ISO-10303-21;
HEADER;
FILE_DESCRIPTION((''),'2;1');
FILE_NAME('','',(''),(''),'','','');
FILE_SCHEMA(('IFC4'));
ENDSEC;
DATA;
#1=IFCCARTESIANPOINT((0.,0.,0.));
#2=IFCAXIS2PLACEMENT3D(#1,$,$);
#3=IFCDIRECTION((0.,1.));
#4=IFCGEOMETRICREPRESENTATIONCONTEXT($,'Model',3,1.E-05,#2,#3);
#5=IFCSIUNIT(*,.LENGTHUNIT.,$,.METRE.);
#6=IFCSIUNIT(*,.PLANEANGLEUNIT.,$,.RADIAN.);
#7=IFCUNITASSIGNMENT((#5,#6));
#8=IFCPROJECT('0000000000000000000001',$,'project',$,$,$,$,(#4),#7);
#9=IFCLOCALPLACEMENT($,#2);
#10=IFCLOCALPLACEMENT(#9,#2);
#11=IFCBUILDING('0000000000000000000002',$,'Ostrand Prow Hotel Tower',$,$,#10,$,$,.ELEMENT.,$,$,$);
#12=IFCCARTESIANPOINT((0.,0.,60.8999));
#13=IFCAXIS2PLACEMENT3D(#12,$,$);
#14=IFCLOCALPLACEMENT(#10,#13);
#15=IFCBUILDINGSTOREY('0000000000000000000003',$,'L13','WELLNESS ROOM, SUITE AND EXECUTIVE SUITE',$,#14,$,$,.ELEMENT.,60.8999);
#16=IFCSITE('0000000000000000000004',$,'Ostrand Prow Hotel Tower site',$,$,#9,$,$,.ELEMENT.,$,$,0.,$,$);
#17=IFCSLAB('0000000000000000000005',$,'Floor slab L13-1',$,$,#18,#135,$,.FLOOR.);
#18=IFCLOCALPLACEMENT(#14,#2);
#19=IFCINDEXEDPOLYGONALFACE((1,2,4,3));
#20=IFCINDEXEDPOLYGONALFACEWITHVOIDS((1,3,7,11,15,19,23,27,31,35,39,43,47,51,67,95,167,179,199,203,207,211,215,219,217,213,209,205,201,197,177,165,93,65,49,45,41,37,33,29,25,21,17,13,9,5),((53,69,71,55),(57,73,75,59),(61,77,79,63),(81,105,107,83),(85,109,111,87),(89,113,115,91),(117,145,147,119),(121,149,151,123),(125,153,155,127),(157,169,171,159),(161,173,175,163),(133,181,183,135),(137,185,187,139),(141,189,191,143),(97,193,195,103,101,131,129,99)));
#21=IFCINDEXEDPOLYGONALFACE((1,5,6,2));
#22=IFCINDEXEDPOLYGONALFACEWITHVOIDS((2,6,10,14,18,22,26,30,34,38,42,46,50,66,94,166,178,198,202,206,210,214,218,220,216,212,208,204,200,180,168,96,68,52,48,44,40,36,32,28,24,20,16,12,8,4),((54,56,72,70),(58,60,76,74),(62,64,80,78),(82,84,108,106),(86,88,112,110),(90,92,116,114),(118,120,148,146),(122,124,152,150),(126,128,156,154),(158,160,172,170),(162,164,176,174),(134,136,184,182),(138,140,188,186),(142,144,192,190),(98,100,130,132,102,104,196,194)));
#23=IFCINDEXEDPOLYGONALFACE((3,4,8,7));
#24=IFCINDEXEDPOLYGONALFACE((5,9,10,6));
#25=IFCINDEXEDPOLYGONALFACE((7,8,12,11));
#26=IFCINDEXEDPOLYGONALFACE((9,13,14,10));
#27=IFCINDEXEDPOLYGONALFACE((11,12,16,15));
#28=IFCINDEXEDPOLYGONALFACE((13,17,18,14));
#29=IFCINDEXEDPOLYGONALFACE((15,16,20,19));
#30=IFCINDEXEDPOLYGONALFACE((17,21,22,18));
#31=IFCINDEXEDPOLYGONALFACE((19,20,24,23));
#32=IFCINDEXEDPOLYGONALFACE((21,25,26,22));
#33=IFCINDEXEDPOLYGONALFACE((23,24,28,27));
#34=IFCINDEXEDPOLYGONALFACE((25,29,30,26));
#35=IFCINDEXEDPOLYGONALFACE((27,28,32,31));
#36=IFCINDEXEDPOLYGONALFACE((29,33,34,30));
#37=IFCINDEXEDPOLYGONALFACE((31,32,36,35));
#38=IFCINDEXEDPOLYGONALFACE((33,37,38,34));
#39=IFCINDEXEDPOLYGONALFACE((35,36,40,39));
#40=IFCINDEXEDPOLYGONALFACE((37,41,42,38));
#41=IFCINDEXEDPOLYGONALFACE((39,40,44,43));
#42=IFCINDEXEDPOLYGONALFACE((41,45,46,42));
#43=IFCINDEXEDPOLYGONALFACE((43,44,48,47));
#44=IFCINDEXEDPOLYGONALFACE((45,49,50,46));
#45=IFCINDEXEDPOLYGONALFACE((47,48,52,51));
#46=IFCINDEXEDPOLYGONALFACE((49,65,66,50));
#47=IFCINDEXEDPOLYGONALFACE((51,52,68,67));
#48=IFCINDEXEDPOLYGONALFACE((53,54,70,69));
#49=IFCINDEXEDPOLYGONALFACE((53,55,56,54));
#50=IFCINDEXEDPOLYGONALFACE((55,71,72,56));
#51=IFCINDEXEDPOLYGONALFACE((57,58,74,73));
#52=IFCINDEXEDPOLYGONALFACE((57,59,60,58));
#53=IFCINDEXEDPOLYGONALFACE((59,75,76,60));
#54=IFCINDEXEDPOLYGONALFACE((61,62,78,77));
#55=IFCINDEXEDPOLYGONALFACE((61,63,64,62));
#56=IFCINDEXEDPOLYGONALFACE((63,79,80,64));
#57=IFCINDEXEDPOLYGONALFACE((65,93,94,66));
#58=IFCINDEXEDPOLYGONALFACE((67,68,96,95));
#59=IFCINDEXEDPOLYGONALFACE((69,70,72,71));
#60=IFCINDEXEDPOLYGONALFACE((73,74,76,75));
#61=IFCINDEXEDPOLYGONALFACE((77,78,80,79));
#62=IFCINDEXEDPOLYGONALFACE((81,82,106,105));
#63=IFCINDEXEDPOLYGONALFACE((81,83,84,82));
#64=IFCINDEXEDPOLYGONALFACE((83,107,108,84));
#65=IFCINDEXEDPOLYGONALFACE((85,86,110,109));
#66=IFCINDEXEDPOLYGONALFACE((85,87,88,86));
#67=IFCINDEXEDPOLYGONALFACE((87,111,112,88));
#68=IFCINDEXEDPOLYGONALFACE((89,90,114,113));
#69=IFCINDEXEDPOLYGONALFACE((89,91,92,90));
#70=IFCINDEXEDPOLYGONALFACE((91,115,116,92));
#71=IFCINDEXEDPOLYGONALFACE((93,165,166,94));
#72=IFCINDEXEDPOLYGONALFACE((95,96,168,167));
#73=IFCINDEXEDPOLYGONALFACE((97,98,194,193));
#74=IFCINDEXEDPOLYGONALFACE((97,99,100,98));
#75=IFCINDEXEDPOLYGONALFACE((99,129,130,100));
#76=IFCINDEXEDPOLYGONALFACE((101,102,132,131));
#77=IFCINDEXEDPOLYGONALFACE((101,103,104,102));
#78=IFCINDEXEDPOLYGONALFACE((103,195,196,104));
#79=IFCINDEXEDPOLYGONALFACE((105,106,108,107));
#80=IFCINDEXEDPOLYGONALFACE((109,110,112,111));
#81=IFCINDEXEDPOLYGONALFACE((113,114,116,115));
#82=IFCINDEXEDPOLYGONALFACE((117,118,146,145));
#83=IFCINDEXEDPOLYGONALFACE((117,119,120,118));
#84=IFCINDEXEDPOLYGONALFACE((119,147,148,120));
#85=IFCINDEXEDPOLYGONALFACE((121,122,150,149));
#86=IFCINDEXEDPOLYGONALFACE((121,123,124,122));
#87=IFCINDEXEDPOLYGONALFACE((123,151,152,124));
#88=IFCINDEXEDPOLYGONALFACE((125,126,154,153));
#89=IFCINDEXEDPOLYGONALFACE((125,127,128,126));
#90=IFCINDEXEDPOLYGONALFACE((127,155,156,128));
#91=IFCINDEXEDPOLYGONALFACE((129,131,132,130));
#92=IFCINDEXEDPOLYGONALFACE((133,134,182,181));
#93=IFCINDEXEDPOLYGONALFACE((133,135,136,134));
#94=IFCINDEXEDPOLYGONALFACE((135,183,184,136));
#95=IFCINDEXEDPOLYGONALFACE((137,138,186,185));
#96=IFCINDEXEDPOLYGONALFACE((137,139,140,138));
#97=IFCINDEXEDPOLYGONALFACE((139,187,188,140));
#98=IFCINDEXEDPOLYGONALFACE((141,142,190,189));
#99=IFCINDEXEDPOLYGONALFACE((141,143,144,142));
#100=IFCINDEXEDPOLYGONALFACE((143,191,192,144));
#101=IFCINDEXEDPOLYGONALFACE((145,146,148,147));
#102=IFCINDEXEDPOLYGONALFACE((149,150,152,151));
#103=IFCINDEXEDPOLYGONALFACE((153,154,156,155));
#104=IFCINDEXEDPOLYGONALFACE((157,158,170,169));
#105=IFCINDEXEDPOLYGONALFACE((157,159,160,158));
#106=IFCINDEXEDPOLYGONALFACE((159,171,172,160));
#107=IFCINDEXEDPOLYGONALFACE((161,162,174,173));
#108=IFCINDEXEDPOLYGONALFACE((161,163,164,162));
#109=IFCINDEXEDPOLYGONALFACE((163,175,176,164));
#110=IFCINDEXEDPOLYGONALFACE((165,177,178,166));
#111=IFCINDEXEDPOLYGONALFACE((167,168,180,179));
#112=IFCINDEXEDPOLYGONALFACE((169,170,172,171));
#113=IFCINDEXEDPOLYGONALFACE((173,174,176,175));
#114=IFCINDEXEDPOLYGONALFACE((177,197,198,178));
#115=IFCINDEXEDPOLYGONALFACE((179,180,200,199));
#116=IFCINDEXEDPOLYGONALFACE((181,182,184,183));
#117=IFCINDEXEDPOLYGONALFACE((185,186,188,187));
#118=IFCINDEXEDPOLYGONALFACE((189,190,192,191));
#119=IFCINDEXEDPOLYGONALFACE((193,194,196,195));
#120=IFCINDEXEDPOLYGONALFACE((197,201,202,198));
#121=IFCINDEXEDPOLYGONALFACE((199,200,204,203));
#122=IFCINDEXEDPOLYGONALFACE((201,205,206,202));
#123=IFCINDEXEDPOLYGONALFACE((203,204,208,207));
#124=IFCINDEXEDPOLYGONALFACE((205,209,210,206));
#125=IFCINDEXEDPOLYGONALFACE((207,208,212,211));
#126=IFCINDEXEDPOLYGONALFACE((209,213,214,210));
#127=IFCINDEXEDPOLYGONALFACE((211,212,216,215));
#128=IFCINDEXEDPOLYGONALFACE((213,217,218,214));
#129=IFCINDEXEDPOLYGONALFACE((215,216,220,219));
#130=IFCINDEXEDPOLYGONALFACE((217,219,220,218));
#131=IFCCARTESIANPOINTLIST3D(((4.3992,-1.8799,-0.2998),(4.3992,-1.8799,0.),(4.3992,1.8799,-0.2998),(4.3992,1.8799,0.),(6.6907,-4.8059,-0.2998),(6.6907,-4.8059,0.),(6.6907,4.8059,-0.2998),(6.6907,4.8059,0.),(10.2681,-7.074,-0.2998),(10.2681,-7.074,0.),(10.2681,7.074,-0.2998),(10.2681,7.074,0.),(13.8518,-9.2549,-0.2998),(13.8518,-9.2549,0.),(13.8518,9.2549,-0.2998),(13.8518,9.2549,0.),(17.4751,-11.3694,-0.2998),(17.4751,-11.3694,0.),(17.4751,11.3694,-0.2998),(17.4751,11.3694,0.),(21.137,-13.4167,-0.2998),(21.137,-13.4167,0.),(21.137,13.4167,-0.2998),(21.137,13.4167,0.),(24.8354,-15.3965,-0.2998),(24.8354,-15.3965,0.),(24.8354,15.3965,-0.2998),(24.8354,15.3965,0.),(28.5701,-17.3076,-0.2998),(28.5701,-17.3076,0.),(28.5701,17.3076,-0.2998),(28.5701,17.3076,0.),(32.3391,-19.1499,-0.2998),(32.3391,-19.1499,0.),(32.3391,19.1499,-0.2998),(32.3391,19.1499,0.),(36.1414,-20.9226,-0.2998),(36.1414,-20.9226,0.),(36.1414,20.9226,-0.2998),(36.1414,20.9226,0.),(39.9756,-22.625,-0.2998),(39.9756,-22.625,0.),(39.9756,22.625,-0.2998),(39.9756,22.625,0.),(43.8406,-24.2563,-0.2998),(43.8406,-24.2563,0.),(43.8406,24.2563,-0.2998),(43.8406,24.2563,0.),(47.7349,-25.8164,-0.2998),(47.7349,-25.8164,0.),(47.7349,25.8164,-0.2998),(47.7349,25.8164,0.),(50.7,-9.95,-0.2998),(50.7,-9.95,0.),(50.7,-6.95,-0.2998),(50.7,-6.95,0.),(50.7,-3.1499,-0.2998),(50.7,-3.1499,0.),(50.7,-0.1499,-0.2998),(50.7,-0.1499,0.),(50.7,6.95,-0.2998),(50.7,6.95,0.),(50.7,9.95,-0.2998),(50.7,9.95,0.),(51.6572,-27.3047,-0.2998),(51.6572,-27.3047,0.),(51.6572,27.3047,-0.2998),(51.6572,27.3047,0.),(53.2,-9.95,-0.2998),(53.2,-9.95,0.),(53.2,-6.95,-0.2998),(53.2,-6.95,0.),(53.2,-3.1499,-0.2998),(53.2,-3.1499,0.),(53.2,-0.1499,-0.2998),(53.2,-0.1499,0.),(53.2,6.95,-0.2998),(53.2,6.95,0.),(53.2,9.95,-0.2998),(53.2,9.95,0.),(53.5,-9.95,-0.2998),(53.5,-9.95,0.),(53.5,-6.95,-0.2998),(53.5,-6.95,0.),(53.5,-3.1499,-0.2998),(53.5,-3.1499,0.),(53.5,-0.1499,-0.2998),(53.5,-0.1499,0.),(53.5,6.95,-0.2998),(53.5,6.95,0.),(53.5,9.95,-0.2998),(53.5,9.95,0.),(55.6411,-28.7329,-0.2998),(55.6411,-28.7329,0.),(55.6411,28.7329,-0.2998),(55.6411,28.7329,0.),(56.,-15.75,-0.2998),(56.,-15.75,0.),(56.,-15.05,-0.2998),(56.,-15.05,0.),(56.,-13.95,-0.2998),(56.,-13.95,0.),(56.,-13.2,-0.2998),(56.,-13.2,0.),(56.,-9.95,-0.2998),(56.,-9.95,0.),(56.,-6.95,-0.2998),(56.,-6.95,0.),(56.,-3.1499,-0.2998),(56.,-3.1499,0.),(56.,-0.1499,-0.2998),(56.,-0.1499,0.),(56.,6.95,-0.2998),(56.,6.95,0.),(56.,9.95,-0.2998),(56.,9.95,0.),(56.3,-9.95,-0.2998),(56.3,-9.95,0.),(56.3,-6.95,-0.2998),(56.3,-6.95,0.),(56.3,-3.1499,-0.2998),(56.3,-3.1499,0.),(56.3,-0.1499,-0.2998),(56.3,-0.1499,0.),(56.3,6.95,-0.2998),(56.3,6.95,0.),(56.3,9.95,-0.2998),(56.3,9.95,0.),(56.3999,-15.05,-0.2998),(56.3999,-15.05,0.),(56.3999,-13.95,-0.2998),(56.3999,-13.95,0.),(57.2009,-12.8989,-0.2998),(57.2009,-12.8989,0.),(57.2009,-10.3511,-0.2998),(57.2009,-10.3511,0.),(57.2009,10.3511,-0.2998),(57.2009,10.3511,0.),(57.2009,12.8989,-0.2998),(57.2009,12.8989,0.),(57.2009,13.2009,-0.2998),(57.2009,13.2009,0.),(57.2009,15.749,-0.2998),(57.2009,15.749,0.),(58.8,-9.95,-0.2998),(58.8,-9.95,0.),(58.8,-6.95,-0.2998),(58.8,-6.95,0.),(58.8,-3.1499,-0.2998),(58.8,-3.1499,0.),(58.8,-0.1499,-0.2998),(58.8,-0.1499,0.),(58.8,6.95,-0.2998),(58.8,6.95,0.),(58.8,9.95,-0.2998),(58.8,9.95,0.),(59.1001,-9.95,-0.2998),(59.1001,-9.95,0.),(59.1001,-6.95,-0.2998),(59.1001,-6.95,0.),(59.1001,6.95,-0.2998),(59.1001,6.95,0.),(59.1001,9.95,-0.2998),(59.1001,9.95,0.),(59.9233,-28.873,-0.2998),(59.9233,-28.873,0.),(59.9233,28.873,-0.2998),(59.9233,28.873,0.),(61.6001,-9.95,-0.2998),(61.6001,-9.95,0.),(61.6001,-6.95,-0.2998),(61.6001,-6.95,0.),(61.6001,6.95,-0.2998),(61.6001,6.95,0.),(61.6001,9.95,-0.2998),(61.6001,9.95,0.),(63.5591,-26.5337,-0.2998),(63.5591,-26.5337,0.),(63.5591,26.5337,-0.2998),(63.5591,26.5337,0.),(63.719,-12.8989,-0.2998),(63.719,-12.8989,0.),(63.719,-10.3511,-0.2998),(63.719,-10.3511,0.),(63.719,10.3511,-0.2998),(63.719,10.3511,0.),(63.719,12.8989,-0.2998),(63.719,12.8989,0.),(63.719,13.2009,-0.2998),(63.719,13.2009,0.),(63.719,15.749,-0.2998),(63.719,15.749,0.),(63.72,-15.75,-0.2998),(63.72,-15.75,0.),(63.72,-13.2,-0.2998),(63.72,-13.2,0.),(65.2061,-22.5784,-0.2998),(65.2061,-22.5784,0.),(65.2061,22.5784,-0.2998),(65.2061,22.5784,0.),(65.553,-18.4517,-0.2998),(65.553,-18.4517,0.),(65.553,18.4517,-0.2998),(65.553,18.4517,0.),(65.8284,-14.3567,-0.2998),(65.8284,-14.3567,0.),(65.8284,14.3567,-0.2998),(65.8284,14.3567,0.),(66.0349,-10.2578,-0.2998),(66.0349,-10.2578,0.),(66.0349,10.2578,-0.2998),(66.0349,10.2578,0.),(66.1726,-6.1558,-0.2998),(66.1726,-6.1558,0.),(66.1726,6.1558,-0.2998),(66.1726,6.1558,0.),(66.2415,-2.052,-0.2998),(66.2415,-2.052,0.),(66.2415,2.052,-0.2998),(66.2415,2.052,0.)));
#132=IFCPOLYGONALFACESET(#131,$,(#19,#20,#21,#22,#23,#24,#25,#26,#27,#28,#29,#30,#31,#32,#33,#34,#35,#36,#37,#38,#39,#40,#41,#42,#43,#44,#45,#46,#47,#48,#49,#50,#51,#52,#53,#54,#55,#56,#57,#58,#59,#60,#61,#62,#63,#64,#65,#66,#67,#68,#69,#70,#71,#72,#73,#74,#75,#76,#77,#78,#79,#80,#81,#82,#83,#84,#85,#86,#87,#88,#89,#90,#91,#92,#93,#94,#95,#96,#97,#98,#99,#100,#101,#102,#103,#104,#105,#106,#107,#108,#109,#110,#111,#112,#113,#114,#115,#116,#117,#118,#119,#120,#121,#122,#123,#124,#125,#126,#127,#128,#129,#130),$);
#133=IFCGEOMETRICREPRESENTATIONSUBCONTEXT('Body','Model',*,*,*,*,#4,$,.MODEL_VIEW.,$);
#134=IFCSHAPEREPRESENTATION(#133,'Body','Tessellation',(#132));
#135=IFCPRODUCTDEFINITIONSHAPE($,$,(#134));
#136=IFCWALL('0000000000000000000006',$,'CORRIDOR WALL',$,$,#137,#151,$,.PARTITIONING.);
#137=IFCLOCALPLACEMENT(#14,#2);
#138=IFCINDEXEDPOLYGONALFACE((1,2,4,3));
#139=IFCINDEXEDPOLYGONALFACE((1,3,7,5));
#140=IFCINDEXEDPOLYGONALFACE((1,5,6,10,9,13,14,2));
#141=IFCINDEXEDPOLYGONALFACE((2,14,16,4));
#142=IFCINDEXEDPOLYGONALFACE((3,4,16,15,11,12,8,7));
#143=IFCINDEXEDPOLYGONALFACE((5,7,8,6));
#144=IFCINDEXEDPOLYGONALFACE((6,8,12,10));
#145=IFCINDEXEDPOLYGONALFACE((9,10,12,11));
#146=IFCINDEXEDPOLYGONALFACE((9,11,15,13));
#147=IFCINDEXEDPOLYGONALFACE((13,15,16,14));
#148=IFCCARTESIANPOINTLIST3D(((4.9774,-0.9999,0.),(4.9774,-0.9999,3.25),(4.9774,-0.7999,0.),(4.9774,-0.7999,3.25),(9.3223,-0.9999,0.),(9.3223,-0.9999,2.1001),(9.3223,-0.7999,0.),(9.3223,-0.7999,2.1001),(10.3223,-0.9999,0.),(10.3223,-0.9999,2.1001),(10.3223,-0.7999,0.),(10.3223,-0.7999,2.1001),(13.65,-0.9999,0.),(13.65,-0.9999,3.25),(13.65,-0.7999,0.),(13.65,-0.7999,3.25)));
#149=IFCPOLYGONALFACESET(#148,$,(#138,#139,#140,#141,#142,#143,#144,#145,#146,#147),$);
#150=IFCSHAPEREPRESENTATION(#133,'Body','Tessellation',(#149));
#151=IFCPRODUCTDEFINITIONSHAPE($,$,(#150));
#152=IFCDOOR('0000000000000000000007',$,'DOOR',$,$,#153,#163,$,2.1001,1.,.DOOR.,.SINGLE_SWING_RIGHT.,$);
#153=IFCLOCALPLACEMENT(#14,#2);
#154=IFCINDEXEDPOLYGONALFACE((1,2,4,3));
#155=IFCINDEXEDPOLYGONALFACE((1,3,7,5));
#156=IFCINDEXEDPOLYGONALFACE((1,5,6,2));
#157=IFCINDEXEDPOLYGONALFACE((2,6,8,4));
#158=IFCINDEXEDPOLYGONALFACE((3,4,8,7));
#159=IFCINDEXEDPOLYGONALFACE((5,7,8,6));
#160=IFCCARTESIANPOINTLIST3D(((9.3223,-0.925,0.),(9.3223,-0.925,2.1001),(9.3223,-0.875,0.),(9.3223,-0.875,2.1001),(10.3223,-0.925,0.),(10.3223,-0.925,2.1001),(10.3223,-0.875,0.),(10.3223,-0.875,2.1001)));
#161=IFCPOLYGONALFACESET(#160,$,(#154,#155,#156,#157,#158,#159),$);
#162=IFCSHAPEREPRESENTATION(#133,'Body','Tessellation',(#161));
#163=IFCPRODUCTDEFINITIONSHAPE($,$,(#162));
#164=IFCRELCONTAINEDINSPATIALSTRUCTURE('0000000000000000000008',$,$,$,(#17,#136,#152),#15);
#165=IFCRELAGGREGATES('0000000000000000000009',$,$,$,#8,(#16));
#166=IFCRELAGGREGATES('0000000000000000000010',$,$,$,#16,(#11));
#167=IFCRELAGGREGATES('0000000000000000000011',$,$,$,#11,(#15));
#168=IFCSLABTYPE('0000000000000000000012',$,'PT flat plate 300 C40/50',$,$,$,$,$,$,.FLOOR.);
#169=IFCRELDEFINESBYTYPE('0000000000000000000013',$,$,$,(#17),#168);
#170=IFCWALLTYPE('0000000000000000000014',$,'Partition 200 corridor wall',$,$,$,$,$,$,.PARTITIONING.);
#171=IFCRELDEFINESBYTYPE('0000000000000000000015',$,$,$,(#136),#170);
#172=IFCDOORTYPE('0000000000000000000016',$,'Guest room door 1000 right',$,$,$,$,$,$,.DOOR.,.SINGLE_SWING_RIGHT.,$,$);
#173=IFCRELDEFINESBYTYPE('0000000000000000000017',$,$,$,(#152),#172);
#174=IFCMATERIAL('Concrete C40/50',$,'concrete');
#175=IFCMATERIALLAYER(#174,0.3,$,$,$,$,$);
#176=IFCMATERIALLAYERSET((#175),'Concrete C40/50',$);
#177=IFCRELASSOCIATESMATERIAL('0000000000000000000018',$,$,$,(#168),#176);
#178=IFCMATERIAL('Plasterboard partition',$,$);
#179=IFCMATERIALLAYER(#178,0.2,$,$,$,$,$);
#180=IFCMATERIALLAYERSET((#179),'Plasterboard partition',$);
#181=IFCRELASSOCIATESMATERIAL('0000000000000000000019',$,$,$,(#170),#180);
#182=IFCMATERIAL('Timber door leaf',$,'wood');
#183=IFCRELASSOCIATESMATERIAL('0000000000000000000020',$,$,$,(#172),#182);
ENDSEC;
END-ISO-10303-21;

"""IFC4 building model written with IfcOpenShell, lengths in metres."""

from ifc_helpers import new_model, si_unit, direction, frame, frame_2d, origin, place, context, subcontext, project, spatial, polyline, rectangle, outline, extrude, material, layer, layer_set, type_object, element, fill, save


model = new_model("IFC4")

# Units and contexts
model_context = context("Model", 3, precision=1e-05, world=origin(), true_north=direction((0.0, 1.0)))
body_context = subcontext(model_context, "Body", "Model", "MODEL_VIEW")
ifc_project = project(units=[si_unit("LENGTHUNIT", "METRE"), si_unit("PLANEANGLEUNIT", "RADIAN")], contexts=[model_context])

# Site, building, storey
site_placement = place(None, origin())
site = spatial("IfcSite", under=ifc_project, at=site_placement, Name="Ostrand Prow Hotel Tower site", CompositionType="ELEMENT", RefElevation=0.0)
building_placement = place(site_placement, origin())
building = spatial("IfcBuilding", under=site, at=building_placement, Name="Ostrand Prow Hotel Tower", CompositionType="ELEMENT")
storey_placement = place(building_placement, frame((0.0, 0.0, 60.8999)))
storey = spatial("IfcBuildingStorey", under=building, at=storey_placement, Name="L13", Description="WELLNESS ROOM, SUITE AND EXECUTIVE SUITE", CompositionType="ELEMENT", Elevation=60.8999)

# Slab, opening
ifc_material_1 = material(Name="Concrete C40/50", Category="concrete")
ifc_layer_1 = layer(ifc_material_1, 0.3)
ifc_layer_set_1 = layer_set([ifc_layer_1], Name="Concrete C40/50")
slab_type = type_object("IfcSlabType", Name="PT flat plate 300 C40/50", PredefinedType="FLOOR", material=ifc_layer_set_1)
slab_placement = place(storey_placement, frame((0.0, 0.0, -0.2998)))
slab = element("IfcSlab", 1, at=slab_placement, inside=storey, type_object=slab_type, Name="Floor slab L13-1", PredefinedType="FLOOR", context=body_context, shape_type="SweptSolid", body=[
    extrude(outline(polyline([(6.6907, 4.8059), (10.2681, 7.074), (13.8518, 9.2549), (17.4751, 11.3694), (21.137, 13.4167), (24.8354, 15.3965), (28.5701, 17.3076), (32.3391, 19.1499), (36.1414, 20.9226), (39.9756, 22.625), (43.8406, 24.2563), (47.7349, 25.8164), (51.6572, 27.3047), (55.6411, 28.7329), (59.9233, 28.873), (63.5591, 26.5337), (65.2061, 22.5784), (65.553, 18.4517), (65.8284, 14.3567), (66.0349, 10.2578), (66.1726, 6.1558), (66.2415, 2.052), (66.2415, -2.052), (66.1726, -6.1558), (66.0349, -10.2578), (65.8284, -14.3567), (65.553, -18.4517), (65.2061, -22.5784), (63.5591, -26.5337), (59.9233, -28.873), (55.6411, -28.7329), (51.6572, -27.3047), (47.7349, -25.8164), (43.8406, -24.2563), (39.9756, -22.625), (36.1414, -20.9226), (32.3391, -19.1499), (28.5701, -17.3076), (24.8354, -15.3965), (21.137, -13.4167), (17.4751, -11.3694), (13.8518, -9.2549), (10.2681, -7.074), (6.6907, -4.8059), (4.3992, -1.8799), (4.3992, 1.8799), (6.6907, 4.8059)]), holes=[polyline([(50.7, 6.95), (53.2, 6.95), (53.2, 9.95), (50.7, 9.95), (50.7, 6.95)]), polyline([(53.5, 6.95), (56.0, 6.95), (56.0, 9.95), (53.5, 9.95), (53.5, 6.95)]), polyline([(56.3, 6.95), (58.8, 6.95), (58.8, 9.95), (56.3, 9.95), (56.3, 6.95)]), polyline([(59.1001, 6.95), (61.6001, 6.95), (61.6001, 9.95), (59.1001, 9.95), (59.1001, 6.95)]), polyline([(50.7, -3.1499), (53.2, -3.1499), (53.2, -0.1499), (50.7, -0.1499), (50.7, -3.1499)]), polyline([(53.5, -3.1499), (56.0, -3.1499), (56.0, -0.1499), (53.5, -0.1499), (53.5, -3.1499)]), polyline([(56.3, -3.1499), (58.8, -3.1499), (58.8, -0.1499), (56.3, -0.1499), (56.3, -3.1499)]), polyline([(50.7, -9.95), (53.2, -9.95), (53.2, -6.95), (50.7, -6.95), (50.7, -9.95)]), polyline([(53.5, -9.95), (56.0, -9.95), (56.0, -6.95), (53.5, -6.95), (53.5, -9.95)]), polyline([(56.3, -9.95), (58.8, -9.95), (58.8, -6.95), (56.3, -6.95), (56.3, -9.95)]), polyline([(59.1001, -9.95), (61.6001, -9.95), (61.6001, -6.95), (59.1001, -6.95), (59.1001, -9.95)]), polyline([(57.2009, 10.3511), (57.2009, 12.8989), (63.719, 12.8989), (63.719, 10.3511), (57.2009, 10.3511)]), polyline([(57.2009, 13.2009), (57.2009, 15.749), (63.719, 15.749), (63.719, 13.2009), (57.2009, 13.2009)]), polyline([(57.2009, -12.8989), (57.2009, -10.3511), (63.719, -10.3511), (63.719, -12.8989), (57.2009, -12.8989)]), polyline([(56.0, -13.2), (63.72, -13.2), (63.72, -15.75), (56.0, -15.75), (56.0, -15.05), (56.3999, -15.05), (56.3999, -13.95), (56.0, -13.95), (56.0, -13.2)])]), origin(), (0.0, 0.0, 1.0), 0.2998),
])
opening_1_placement = place(slab_placement, origin())
element("IfcOpeningElement", 2, at=opening_1_placement, cuts=slab, PredefinedType="OPENING", context=body_context, shape_type="SweptSolid", body=[
    extrude(outline(polyline([(56.0, -13.2), (63.72, -13.2), (63.72, -15.75), (56.0, -15.75), (56.0, -15.05), (56.3999, -15.05), (56.3999, -13.95), (56.0, -13.95), (56.0, -13.2)])), origin(), (0.0, 0.0, 1.0), 0.2998),
])

# Wall, opening, door
ifc_material_2 = material(Name="Plasterboard partition")
ifc_layer_2 = layer(ifc_material_2, 0.2)
ifc_layer_set_2 = layer_set([ifc_layer_2], Name="Plasterboard partition")
wall_type_1 = type_object("IfcWallType", Name="Partition 200 corridor wall", PredefinedType="PARTITIONING", material=ifc_layer_set_2)
wall_1_placement = place(storey_placement, frame((4.9773, -0.8999, 0.0), z_axis=(0.0, 0.0, 1.0), x_axis=(1.0, 0.0, 0.0)))
wall_1 = element("IfcWall", 3, at=wall_1_placement, inside=storey, type_object=wall_type_1, Name="CORRIDOR WALL", PredefinedType="PARTITIONING", context=body_context, shape_type="SweptSolid", body=[
    extrude(rectangle(XDim=8.6726, YDim=0.2, at=frame_2d((4.3364, 0.0))), origin(), (0.0, 0.0, 1.0), 3.25),
])
opening_2_placement = place(wall_1_placement, frame((4.345, 0.0, 0.0)))
opening_2 = element("IfcOpeningElement", 4, at=opening_2_placement, cuts=wall_1, PredefinedType="OPENING", context=body_context, shape_type="SweptSolid", body=[
    extrude(rectangle(XDim=1.0, YDim=2.1001, at=frame_2d((0.5, 1.05))), frame((0.0, 0.1099, 0.0), z_axis=(0.0, -1.0, 0.0), x_axis=(1.0, 0.0, 0.0)), (0.0, 0.0, 1.0), 0.22),
])
ifc_material_3 = material(Name="Timber door leaf", Category="wood")
door_type = type_object("IfcDoorType", Name="Guest room door 1000 right", OperationType="SINGLE_SWING_RIGHT", PredefinedType="DOOR", material=ifc_material_3)
door_placement = place(opening_2_placement, origin())
door = element("IfcDoor", 5, at=door_placement, inside=storey, type_object=door_type, Name="DOOR", OperationType="SINGLE_SWING_RIGHT", OverallHeight=2.1001, OverallWidth=1.0, PredefinedType="DOOR", context=body_context, shape_type="SweptSolid", body=[
    extrude(rectangle(XDim=1.0, YDim=2.1001, at=frame_2d((0.5, 1.05))), frame((0.0, 0.0249, 0.0), z_axis=(0.0, -1.0, 0.0), x_axis=(1.0, 0.0, 0.0)), (0.0, 0.0, 1.0), 0.05),
])
fill(opening_2, door)

save(model, "model.ifc")
